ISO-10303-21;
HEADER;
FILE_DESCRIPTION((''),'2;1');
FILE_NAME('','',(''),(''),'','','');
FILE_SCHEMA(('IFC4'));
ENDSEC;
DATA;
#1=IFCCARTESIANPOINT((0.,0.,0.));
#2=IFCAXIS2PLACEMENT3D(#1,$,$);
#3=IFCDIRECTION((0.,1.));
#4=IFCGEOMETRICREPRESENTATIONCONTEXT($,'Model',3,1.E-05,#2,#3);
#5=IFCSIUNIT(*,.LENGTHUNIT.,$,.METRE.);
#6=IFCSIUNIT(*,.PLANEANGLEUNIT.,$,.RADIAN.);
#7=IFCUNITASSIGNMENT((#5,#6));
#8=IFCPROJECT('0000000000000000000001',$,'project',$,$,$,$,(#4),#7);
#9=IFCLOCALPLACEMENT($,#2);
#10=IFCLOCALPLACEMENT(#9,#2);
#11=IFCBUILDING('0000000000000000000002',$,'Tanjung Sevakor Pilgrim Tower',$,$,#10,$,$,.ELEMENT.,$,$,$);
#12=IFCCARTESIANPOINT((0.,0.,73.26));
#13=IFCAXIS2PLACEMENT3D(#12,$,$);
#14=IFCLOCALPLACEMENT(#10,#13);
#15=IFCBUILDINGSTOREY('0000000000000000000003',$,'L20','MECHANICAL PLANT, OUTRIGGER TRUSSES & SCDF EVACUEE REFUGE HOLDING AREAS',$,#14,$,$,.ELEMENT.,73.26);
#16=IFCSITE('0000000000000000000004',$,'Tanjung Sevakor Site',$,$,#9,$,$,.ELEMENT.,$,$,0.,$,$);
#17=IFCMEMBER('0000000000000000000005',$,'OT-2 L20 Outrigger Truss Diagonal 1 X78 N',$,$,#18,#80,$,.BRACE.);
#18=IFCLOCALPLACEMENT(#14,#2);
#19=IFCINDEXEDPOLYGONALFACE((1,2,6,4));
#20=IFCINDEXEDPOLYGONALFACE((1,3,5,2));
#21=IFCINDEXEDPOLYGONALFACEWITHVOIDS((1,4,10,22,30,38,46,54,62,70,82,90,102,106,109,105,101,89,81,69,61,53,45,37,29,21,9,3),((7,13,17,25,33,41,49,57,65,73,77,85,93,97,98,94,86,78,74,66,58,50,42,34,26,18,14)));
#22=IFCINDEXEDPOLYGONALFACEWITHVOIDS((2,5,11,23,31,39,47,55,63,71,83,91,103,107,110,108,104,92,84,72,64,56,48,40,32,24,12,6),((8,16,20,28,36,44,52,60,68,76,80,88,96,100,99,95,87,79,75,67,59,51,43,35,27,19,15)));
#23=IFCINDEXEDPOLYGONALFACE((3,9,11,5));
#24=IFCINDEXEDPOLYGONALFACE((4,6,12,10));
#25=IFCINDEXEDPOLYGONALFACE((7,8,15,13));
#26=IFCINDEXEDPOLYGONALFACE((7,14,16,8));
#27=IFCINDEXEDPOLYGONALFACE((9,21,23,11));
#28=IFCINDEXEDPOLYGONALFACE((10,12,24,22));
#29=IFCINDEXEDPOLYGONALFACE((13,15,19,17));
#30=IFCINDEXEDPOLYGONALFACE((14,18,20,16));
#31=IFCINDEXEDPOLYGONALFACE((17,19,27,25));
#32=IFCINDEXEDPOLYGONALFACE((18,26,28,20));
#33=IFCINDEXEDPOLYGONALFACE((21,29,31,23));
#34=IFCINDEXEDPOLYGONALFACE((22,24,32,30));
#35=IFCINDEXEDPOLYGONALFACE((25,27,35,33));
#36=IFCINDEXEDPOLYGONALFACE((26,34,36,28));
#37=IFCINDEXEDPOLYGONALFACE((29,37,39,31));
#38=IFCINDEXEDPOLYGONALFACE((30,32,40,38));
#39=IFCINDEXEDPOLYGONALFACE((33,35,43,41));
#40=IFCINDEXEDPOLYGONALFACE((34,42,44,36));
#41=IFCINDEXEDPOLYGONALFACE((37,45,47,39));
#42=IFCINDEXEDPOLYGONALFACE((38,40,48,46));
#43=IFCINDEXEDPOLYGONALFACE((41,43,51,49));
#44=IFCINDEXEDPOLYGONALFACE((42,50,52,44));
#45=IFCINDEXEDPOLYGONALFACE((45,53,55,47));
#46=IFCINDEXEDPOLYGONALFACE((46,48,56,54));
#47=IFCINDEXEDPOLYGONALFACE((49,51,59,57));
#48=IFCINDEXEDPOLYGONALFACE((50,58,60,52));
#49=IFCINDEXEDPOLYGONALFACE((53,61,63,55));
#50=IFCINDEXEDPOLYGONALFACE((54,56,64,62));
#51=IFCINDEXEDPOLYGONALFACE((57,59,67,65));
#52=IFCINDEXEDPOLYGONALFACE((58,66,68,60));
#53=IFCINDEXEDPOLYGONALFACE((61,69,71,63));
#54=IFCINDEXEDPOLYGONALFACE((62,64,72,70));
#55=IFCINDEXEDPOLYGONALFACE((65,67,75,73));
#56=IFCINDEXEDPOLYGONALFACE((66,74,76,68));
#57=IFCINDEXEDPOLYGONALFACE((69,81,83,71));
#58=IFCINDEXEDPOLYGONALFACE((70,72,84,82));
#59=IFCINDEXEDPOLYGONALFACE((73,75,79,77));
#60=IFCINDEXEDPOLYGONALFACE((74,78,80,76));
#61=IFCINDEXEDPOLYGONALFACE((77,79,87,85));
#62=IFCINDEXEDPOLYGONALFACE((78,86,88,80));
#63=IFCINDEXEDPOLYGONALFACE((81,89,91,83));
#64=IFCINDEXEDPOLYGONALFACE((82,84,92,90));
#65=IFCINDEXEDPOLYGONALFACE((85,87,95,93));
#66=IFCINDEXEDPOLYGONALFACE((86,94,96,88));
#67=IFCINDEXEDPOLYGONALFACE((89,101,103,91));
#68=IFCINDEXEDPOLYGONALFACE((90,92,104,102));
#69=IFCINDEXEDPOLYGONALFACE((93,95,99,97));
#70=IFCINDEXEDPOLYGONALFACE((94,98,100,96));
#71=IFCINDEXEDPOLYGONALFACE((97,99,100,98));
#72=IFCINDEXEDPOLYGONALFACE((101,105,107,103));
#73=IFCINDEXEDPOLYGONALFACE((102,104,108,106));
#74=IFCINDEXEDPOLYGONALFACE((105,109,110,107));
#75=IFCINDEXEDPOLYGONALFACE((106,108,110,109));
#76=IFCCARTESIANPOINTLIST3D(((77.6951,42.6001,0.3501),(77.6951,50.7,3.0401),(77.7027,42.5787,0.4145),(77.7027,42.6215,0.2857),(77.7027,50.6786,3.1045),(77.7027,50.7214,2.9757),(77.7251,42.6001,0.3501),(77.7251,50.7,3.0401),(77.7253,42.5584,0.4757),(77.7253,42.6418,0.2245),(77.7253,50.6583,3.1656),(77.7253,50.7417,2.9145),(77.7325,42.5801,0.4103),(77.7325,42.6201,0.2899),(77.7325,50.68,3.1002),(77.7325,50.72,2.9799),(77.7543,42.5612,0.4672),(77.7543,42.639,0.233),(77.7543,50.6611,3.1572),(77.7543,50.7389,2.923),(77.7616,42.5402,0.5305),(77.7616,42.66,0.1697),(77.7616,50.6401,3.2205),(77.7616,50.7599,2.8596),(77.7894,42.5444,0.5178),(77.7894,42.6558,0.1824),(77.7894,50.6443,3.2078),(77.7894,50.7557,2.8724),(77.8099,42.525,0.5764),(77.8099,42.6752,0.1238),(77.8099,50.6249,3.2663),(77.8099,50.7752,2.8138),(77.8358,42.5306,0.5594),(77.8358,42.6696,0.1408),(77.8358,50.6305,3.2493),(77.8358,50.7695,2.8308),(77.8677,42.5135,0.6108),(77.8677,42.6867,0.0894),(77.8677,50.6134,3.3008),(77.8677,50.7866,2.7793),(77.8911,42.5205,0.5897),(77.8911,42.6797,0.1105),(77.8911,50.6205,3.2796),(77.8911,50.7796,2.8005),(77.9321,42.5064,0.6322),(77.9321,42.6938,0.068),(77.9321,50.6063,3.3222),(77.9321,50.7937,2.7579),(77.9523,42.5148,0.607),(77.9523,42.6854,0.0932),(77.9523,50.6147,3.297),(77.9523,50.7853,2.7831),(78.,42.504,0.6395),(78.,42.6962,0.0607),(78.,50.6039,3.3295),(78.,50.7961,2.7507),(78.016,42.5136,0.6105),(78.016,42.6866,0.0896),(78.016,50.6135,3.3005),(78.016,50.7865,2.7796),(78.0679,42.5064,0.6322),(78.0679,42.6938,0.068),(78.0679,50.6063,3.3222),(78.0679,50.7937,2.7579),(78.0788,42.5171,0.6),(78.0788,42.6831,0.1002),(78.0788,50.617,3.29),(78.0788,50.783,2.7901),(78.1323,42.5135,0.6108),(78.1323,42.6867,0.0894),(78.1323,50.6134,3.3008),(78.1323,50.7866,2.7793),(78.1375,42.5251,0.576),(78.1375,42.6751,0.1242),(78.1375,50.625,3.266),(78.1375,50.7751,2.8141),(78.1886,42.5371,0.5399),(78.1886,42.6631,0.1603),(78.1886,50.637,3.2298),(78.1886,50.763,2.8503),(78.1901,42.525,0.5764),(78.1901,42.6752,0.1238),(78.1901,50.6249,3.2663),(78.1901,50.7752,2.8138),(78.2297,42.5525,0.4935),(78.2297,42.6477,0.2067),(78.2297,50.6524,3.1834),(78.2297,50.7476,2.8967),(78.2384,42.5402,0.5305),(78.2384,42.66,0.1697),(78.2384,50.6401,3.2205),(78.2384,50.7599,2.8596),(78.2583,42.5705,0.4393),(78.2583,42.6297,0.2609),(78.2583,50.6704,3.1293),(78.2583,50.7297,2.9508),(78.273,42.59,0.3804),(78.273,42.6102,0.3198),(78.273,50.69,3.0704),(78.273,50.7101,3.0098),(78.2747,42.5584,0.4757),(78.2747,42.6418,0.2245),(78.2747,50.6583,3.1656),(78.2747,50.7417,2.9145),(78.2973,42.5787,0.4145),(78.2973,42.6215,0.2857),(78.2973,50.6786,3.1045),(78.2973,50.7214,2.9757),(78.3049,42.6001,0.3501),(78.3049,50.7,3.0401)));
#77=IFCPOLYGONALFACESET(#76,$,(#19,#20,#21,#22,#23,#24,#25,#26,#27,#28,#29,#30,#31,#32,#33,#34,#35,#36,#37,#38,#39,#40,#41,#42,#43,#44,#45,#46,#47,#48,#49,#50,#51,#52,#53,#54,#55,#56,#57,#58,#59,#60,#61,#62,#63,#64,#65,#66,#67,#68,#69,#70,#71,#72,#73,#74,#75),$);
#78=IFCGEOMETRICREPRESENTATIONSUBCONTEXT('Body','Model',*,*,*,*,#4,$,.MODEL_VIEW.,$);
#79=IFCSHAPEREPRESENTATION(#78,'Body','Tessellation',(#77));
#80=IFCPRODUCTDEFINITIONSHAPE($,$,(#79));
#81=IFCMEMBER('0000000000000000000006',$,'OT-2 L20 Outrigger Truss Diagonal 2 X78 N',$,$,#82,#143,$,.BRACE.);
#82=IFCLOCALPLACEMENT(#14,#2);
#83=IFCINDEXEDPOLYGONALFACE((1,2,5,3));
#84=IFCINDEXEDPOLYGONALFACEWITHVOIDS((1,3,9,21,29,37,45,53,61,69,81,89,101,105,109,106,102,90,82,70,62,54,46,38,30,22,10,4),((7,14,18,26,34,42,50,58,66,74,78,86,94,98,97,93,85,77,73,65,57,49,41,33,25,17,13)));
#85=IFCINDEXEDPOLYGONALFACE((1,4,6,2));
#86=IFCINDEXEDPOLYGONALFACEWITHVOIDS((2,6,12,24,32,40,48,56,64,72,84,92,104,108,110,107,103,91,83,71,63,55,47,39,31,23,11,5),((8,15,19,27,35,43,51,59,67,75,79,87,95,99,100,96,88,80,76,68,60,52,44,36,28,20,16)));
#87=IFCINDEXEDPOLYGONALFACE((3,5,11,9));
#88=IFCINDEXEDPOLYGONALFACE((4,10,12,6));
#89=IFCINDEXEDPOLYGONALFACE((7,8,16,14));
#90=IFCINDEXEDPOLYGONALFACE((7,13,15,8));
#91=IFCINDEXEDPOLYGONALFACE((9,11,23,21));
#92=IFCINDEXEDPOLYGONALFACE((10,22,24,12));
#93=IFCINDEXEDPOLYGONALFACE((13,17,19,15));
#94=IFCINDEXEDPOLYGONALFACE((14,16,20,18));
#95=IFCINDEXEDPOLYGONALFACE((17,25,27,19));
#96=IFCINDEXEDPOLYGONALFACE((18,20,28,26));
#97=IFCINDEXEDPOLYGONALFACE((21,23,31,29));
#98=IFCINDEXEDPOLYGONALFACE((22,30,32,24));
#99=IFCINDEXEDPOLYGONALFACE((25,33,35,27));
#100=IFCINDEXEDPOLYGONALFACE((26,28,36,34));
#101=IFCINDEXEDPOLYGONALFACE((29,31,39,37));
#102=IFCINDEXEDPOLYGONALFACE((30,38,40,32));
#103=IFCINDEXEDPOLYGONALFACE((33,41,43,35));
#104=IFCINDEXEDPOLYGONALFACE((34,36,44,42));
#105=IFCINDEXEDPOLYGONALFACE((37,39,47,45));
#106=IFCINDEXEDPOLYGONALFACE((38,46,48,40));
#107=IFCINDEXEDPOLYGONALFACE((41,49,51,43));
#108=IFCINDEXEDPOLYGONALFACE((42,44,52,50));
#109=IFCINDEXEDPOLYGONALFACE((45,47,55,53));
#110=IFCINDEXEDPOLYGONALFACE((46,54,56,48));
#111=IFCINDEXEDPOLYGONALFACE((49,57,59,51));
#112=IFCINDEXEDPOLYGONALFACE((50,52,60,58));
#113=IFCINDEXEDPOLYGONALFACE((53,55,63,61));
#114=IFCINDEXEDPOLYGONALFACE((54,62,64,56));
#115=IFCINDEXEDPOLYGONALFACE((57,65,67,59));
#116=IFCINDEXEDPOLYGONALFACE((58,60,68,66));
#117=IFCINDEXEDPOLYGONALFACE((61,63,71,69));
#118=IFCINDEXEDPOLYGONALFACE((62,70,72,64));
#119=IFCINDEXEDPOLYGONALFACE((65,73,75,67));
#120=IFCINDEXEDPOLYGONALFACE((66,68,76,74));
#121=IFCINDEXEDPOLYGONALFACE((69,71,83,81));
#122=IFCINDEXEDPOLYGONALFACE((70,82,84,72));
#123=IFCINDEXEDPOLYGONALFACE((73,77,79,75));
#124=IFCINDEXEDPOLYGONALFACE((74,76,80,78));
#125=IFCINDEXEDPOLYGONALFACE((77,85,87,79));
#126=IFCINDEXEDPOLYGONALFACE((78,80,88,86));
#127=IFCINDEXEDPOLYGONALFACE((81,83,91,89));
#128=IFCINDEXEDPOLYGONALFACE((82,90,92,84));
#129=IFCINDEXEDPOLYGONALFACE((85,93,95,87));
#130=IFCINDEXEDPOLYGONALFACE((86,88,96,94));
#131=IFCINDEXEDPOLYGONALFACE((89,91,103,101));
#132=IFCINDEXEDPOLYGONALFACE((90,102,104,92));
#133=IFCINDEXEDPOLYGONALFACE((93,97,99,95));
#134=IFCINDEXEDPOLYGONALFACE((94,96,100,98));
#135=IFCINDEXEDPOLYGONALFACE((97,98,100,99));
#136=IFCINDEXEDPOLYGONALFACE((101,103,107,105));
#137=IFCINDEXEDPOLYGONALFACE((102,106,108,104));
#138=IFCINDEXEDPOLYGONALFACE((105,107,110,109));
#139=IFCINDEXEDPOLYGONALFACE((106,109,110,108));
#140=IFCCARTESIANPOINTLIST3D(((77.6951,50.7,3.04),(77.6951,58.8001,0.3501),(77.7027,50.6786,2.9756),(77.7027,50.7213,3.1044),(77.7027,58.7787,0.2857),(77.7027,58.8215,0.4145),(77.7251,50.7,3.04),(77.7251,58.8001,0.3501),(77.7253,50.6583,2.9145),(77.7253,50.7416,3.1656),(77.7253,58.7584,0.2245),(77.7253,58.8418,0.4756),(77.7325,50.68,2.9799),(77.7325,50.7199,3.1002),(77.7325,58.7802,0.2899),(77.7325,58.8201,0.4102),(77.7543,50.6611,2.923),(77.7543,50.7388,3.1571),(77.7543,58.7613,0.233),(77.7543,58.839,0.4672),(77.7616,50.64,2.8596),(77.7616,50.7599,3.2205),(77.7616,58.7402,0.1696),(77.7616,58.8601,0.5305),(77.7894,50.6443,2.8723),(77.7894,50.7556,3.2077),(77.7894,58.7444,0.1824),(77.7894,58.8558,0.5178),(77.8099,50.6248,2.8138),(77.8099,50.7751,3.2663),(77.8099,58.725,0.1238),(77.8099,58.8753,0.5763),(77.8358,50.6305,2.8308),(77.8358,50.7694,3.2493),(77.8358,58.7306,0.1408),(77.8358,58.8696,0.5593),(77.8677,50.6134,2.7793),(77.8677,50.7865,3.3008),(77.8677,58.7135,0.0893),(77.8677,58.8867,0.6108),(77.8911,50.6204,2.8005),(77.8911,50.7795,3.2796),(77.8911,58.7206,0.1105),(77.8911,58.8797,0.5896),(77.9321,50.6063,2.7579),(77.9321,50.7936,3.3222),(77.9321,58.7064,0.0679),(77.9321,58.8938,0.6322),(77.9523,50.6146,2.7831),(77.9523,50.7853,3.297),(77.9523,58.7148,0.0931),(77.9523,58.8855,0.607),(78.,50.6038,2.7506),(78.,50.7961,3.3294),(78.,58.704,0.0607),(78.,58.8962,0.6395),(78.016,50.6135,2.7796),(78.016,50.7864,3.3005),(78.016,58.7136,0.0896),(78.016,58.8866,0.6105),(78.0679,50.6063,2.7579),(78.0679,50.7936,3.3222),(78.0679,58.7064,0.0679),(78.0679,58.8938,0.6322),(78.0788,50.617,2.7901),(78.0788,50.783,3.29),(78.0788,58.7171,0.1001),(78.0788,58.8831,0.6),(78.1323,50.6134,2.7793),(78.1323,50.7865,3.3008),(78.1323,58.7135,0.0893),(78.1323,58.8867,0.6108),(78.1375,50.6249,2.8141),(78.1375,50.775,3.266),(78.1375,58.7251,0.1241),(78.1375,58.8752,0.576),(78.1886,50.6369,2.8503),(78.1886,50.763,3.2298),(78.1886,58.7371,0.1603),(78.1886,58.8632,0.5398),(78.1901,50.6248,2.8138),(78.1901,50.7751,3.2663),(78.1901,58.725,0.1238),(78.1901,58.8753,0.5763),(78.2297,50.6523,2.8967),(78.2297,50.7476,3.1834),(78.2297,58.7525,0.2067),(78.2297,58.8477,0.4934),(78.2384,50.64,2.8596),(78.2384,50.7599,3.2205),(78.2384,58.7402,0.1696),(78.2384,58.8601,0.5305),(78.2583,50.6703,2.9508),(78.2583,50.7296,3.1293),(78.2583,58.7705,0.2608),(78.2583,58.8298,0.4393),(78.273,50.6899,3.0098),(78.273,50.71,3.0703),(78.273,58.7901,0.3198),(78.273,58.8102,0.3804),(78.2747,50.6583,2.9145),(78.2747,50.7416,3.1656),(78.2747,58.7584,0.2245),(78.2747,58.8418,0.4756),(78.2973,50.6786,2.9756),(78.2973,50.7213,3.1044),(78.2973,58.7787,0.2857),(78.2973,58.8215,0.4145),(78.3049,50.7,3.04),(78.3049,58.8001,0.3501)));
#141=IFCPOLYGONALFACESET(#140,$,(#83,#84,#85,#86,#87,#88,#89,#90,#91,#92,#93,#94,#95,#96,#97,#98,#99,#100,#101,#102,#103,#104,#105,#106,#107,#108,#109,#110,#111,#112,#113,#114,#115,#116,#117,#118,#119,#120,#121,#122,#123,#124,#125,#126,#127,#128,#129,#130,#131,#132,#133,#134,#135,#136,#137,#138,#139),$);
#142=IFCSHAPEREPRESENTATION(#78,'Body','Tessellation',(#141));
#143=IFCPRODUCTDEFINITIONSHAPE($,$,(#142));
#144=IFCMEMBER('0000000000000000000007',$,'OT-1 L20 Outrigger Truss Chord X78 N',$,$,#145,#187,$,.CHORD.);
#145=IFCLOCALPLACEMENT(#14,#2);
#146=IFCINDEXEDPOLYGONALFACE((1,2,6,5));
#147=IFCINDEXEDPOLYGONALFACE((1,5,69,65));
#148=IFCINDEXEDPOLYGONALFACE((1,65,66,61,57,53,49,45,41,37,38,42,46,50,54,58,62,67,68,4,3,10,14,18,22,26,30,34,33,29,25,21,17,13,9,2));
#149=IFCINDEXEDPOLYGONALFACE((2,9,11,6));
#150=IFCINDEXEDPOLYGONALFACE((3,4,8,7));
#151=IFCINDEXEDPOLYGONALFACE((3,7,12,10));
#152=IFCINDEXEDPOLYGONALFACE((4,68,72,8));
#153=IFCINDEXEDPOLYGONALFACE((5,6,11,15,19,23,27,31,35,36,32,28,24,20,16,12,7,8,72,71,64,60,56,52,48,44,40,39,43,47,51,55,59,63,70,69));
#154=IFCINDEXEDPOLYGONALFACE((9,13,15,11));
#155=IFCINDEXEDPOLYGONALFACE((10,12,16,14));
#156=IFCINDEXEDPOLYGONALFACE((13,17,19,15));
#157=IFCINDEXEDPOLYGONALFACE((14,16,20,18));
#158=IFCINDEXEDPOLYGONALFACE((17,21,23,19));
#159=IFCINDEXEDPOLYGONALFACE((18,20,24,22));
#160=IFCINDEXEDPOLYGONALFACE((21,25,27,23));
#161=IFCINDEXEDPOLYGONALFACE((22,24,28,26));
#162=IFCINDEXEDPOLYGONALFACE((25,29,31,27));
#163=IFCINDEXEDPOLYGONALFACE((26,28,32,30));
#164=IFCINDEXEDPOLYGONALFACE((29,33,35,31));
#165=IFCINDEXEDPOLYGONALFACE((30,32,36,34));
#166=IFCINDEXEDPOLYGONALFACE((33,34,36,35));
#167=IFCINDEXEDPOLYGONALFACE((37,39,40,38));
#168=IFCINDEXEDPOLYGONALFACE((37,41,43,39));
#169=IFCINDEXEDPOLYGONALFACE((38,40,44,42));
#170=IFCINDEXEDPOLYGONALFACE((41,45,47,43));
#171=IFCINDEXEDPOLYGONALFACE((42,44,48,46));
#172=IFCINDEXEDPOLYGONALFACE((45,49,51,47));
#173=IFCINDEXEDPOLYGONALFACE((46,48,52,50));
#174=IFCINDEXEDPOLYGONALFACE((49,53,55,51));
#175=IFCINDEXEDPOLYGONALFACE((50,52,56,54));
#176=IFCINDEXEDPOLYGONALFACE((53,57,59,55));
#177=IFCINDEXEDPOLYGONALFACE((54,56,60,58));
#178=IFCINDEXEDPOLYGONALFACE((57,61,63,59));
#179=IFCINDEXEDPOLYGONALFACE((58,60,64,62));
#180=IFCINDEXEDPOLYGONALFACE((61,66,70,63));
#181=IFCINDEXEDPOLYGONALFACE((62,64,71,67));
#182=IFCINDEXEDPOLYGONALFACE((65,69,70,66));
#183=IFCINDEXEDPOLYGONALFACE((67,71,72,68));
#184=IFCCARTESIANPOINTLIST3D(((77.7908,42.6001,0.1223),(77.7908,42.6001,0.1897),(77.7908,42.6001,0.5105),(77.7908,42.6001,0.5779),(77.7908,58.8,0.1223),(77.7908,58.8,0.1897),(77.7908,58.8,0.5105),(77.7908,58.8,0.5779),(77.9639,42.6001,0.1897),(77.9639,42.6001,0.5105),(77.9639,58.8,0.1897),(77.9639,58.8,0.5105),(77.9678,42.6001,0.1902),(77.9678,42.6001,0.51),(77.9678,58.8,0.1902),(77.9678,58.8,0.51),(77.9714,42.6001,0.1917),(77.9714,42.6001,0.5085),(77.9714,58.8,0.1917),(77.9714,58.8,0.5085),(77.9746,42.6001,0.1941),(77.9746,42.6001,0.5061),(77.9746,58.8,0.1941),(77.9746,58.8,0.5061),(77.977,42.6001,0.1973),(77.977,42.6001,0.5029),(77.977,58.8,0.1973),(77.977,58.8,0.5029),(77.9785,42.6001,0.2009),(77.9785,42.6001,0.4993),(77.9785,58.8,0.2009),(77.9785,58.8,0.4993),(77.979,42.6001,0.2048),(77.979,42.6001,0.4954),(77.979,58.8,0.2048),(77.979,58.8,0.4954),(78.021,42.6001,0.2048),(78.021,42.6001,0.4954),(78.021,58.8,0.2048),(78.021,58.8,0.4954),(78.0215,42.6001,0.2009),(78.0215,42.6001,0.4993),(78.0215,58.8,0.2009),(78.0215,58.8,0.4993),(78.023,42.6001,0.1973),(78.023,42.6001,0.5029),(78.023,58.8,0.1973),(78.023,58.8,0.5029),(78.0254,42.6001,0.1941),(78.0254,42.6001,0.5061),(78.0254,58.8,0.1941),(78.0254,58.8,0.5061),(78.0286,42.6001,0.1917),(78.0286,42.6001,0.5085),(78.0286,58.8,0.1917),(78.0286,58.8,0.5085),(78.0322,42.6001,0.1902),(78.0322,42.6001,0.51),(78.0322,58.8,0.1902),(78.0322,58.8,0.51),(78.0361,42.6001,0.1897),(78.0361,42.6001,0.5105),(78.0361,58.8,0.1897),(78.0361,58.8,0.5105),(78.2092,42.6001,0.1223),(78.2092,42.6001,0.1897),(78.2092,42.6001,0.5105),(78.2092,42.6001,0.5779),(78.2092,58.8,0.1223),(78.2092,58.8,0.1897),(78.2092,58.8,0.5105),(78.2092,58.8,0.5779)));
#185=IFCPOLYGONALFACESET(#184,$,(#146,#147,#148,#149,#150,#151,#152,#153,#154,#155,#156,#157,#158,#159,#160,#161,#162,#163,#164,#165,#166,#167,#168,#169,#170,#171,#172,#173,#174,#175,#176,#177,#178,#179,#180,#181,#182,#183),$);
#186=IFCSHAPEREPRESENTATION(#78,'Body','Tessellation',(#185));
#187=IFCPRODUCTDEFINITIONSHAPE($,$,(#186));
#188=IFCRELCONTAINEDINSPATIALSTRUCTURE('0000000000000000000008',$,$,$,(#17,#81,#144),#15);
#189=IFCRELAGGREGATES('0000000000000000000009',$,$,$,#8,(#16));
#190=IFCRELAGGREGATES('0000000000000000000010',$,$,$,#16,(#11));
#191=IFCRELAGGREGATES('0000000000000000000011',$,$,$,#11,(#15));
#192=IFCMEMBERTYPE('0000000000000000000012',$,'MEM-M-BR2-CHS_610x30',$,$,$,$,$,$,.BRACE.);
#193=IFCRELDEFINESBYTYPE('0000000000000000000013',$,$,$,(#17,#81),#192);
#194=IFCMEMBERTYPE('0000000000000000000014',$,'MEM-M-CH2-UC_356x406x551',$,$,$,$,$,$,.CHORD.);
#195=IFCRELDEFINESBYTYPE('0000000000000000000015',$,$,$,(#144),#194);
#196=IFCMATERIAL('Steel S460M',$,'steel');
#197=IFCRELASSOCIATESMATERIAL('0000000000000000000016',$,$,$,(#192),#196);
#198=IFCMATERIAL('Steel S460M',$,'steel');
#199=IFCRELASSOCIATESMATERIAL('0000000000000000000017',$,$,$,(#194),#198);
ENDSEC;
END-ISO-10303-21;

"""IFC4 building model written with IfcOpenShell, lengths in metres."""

from ifc_helpers import new_model, si_unit, direction, frame, origin, origin_2d, place, context, subcontext, project, spatial, hollow_circle, i_section, extrude, material, material_profile, profile_set, type_object, element, save


model = new_model("IFC4")

# Units and contexts
model_context = context("Model", 3, precision=1e-05, world=origin(), true_north=direction((0.0, 1.0)))
body_context = subcontext(model_context, "Body", "Model", "MODEL_VIEW")
ifc_project = project(units=[si_unit("LENGTHUNIT", "METRE"), si_unit("PLANEANGLEUNIT", "RADIAN")], contexts=[model_context])

# Site, building, storey
site_placement = place(None, origin())
site = spatial("IfcSite", under=ifc_project, at=site_placement, Name="Tanjung Sevakor Site", CompositionType="ELEMENT", RefElevation=0.0)
building_placement = place(site_placement, origin())
building = spatial("IfcBuilding", under=site, at=building_placement, Name="Tanjung Sevakor Pilgrim Tower", CompositionType="ELEMENT")
storey_placement = place(building_placement, frame((0.0, 0.0, 73.26)))
storey = spatial("IfcBuildingStorey", under=building, at=storey_placement, Name="L20", Description="MECHANICAL PLANT, OUTRIGGER TRUSSES & SCDF EVACUEE REFUGE HOLDING AREAS", CompositionType="ELEMENT", Elevation=73.26)

# Members
ifc_material_1 = material(Name="Steel S460M", Category="steel")
ifc_material_profile_1 = material_profile(ifc_material_1, hollow_circle(Radius=0.3049, WallThickness=0.03, at=origin_2d()))
ifc_profile_set_1 = profile_set([ifc_material_profile_1], Name="Steel S460M")
member_type_1 = type_object("IfcMemberType", Name="MEM-M-BR2-CHS_610x30", PredefinedType="BRACE", material=ifc_profile_set_1)
member_1_placement = place(storey_placement, frame((78.0, 42.6001, 0.3501), z_axis=(0.0, 0.949035, 0.315172), x_axis=(-1.0, 0.0, 0.0)))
element("IfcMember", 1, at=member_1_placement, inside=storey, type_object=member_type_1, Name="OT-2 L20 Outrigger Truss Diagonal 1 X78 N", PredefinedType="BRACE", context=body_context, shape_type="SweptSolid", body=[
    extrude(hollow_circle(Radius=0.3049, WallThickness=0.03, at=origin_2d()), origin(), (0.0, 0.0, 1.0), 8.5349),
])
member_2_placement = place(storey_placement, frame((78.0, 50.7, 3.04), z_axis=(0.0, 0.949037, -0.315163), x_axis=(-1.0, 0.0, 0.0)))
element("IfcMember", 2, at=member_2_placement, inside=storey, type_object=member_type_1, Name="OT-2 L20 Outrigger Truss Diagonal 2 X78 N", PredefinedType="BRACE", context=body_context, shape_type="SweptSolid", body=[
    extrude(hollow_circle(Radius=0.3049, WallThickness=0.03, at=origin_2d()), origin(), (0.0, 0.0, 1.0), 8.5352),
])
ifc_material_2 = material(Name="Steel S460M", Category="steel")
ifc_material_profile_2 = material_profile(ifc_material_2, i_section(OverallWidth=0.4185, OverallDepth=0.4556, WebThickness=0.042, FlangeThickness=0.0674, FilletRadius=0.0151, at=origin_2d()))
ifc_profile_set_2 = profile_set([ifc_material_profile_2], Name="Steel S460M")
member_type_2 = type_object("IfcMemberType", Name="MEM-M-CH2-UC_356x406x551", PredefinedType="CHORD", material=ifc_profile_set_2)
member_3_placement = place(storey_placement, frame((78.0, 42.6001, 0.3501), z_axis=(0.0, 1.0, 0.0), x_axis=(-1.0, 0.0, 0.0)))
element("IfcMember", 3, at=member_3_placement, inside=storey, type_object=member_type_2, Name="OT-1 L20 Outrigger Truss Chord X78 N", PredefinedType="CHORD", context=body_context, shape_type="SweptSolid", body=[
    extrude(i_section(OverallWidth=0.4185, OverallDepth=0.4556, WebThickness=0.042, FlangeThickness=0.0674, FilletRadius=0.0151, at=origin_2d()), origin(), (0.0, 0.0, 1.0), 16.2),
])

save(model, "model.ifc")
